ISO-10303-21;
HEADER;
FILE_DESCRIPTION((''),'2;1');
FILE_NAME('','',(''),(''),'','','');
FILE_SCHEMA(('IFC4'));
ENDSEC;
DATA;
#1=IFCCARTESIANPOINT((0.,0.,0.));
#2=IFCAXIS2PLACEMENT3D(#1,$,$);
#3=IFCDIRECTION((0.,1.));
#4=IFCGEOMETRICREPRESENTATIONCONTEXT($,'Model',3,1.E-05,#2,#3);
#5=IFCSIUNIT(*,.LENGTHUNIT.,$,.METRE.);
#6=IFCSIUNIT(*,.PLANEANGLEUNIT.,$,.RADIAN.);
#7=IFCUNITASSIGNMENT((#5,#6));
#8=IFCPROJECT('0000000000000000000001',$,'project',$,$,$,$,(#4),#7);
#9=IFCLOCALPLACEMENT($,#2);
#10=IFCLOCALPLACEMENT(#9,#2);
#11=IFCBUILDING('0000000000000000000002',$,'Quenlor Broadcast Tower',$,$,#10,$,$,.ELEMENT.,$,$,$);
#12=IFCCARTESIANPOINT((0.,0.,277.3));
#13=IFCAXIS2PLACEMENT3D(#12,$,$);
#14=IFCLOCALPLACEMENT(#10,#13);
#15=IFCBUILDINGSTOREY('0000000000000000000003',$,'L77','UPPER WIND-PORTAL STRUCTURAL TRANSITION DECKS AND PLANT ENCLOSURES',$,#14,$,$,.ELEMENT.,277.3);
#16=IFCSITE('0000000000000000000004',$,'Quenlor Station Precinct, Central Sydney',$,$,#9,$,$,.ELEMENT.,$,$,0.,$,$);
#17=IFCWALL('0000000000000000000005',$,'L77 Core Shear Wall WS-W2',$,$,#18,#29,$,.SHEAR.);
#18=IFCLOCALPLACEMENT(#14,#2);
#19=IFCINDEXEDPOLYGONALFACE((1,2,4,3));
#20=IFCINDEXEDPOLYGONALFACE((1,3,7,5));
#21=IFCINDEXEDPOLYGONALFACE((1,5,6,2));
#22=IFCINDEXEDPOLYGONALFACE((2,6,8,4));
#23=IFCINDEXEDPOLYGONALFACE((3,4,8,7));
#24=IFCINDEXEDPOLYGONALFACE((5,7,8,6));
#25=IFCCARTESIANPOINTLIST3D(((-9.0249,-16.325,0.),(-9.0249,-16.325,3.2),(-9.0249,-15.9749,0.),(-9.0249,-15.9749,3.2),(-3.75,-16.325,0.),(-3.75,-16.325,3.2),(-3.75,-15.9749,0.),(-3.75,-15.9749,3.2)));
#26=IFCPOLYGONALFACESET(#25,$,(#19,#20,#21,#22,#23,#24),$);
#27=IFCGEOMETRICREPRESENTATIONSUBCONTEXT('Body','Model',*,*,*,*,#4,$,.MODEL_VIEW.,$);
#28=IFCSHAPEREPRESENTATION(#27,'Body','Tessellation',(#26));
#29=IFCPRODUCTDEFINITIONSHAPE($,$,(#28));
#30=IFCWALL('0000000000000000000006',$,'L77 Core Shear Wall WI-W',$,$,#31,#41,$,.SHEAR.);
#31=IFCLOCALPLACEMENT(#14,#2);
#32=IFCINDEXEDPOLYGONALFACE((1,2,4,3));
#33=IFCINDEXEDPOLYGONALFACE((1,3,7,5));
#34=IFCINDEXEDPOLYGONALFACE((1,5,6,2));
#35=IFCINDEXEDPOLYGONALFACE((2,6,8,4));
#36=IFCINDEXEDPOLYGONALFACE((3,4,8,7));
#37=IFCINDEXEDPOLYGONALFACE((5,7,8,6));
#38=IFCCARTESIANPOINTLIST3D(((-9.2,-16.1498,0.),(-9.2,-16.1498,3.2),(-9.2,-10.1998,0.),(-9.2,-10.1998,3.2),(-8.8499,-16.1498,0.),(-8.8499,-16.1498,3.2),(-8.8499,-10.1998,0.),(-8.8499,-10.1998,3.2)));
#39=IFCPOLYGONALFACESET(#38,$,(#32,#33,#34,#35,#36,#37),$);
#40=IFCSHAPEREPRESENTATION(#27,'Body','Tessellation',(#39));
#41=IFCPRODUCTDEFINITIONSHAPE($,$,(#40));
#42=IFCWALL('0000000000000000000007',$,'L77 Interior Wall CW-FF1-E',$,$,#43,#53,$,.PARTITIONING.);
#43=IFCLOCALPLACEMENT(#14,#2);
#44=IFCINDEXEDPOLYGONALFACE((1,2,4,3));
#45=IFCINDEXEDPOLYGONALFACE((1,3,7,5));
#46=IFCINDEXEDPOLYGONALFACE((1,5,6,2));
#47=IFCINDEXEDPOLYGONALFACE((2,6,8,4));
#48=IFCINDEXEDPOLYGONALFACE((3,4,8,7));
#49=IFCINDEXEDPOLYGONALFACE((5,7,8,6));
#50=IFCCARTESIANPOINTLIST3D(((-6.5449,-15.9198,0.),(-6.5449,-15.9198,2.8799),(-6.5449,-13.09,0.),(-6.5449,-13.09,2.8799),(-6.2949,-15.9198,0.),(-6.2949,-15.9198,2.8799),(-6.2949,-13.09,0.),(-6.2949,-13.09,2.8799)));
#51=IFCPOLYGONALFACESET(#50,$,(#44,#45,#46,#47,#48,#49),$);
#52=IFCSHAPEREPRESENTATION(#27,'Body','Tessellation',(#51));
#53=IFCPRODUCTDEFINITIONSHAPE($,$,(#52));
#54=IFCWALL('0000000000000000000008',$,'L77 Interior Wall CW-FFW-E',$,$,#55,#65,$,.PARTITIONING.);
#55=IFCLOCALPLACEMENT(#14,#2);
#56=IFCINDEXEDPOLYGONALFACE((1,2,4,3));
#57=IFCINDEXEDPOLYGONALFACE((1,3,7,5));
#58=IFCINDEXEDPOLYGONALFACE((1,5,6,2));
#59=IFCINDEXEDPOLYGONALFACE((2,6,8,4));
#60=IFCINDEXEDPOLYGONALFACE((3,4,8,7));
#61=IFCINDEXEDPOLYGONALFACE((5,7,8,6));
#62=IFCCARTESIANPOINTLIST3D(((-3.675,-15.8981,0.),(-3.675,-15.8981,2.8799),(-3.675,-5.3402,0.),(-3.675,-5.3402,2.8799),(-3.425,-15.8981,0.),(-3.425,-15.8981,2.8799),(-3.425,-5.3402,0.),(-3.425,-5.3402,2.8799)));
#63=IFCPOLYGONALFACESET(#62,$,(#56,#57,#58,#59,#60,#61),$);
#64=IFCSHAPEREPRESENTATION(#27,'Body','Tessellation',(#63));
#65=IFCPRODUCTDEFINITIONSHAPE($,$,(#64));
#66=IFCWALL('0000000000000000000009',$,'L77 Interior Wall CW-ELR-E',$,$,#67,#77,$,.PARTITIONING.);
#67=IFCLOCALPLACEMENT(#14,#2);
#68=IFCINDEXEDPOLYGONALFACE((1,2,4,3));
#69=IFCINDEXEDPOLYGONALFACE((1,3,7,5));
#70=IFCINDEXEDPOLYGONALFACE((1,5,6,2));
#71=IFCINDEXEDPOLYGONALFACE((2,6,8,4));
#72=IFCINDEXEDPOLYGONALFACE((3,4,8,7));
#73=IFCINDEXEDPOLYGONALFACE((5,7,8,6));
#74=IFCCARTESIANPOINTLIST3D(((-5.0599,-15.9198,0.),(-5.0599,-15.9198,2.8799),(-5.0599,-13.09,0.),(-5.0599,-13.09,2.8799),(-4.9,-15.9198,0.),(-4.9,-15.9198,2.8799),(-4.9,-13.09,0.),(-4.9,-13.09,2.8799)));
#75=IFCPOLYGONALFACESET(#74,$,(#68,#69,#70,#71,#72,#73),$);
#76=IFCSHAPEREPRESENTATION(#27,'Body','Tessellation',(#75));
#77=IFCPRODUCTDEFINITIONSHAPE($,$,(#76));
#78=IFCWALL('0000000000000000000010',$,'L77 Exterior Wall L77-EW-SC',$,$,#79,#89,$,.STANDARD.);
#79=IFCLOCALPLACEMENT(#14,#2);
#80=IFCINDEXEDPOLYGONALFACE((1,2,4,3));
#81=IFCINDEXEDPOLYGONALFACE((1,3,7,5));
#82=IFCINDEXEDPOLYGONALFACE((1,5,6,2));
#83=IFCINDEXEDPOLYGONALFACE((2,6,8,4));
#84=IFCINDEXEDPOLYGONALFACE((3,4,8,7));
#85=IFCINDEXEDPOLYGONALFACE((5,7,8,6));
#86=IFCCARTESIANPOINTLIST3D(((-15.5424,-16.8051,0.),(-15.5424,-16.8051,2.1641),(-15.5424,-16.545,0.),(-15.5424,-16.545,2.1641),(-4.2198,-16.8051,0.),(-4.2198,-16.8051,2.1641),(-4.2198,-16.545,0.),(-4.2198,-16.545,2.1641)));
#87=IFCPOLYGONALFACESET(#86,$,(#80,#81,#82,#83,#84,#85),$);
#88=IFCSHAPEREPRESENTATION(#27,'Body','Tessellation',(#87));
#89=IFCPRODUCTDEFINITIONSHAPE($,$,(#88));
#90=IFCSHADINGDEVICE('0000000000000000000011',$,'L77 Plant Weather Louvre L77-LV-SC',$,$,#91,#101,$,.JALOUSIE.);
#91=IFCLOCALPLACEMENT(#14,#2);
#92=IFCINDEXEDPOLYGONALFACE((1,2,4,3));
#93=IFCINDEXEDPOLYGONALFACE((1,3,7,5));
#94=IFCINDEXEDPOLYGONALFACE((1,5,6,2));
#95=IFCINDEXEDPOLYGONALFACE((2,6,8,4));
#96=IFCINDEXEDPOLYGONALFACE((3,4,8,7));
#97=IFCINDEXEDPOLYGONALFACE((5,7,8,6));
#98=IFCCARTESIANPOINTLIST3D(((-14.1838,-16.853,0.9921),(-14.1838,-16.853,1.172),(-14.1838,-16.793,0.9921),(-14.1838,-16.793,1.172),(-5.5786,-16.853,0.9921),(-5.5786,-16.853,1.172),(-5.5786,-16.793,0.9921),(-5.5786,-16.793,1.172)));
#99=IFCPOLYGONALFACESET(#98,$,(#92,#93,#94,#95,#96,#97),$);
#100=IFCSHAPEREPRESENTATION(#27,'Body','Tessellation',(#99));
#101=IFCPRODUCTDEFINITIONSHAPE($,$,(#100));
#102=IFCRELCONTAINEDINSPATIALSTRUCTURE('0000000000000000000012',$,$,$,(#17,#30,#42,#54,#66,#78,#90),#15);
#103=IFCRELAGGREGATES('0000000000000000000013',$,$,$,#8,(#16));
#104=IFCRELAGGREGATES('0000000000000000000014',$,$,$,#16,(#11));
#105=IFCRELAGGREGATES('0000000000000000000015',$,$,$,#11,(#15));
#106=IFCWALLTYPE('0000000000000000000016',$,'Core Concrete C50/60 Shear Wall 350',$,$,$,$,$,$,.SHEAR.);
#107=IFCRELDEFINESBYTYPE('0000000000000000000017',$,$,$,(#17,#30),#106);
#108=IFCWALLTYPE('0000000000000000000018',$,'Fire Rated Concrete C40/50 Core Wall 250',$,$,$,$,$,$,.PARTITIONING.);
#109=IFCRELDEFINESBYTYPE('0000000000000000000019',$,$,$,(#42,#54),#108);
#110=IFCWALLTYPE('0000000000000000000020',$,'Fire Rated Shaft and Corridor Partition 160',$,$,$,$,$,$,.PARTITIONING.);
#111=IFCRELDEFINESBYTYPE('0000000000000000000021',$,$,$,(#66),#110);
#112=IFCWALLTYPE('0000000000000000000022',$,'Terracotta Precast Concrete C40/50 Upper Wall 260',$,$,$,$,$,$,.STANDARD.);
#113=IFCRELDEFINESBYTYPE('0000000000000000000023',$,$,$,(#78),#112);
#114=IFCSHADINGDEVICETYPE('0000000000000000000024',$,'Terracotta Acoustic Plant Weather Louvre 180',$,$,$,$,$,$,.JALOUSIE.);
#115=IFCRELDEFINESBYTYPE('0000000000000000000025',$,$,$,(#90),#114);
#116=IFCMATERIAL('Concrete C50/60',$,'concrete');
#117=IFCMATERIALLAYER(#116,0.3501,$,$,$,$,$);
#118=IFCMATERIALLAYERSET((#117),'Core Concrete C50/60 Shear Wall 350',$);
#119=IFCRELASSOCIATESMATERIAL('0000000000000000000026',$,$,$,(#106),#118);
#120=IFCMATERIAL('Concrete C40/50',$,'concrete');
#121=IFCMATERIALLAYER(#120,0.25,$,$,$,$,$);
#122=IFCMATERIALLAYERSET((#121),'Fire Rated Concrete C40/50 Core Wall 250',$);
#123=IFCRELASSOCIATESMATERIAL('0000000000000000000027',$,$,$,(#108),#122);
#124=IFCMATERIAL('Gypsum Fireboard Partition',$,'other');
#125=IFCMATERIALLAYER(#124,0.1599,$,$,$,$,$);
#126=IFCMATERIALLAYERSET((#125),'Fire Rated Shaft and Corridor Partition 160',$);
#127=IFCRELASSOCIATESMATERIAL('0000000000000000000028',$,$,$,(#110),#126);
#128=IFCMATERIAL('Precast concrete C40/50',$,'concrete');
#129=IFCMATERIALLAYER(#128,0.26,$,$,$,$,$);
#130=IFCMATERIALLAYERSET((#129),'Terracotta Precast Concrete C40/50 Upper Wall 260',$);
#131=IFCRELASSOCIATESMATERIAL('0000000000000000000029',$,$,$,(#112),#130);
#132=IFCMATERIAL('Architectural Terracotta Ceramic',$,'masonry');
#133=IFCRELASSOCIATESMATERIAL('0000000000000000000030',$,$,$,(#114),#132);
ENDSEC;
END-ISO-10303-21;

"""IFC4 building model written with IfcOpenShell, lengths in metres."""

from ifc_helpers import new_model, si_unit, direction, frame, frame_2d, origin, origin_2d, place, context, subcontext, project, spatial, rectangle, extrude, material, layer, layer_set, material_profile, profile_set, type_object, element, save


model = new_model("IFC4")

# Units and contexts
model_context = context("Model", 3, precision=1e-05, world=origin(), true_north=direction((0.0, 1.0)))
body_context = subcontext(model_context, "Body", "Model", "MODEL_VIEW")
ifc_project = project(units=[si_unit("LENGTHUNIT", "METRE"), si_unit("PLANEANGLEUNIT", "RADIAN")], contexts=[model_context])

# Site, building, storey
site_placement = place(None, origin())
site = spatial("IfcSite", under=ifc_project, at=site_placement, Name="Quenlor Station Precinct, Central Sydney", CompositionType="ELEMENT", RefElevation=0.0)
building_placement = place(site_placement, origin())
building = spatial("IfcBuilding", under=site, at=building_placement, Name="Quenlor Broadcast Tower", CompositionType="ELEMENT")
storey_placement = place(building_placement, frame((0.0, 0.0, 277.3)))
storey = spatial("IfcBuildingStorey", under=building, at=storey_placement, Name="L77", Description="UPPER WIND-PORTAL STRUCTURAL TRANSITION DECKS AND PLANT ENCLOSURES", CompositionType="ELEMENT", Elevation=277.3)

# Walls
ifc_material_1 = material(Name="Concrete C50/60", Category="concrete")
ifc_layer_1 = layer(ifc_material_1, 0.3501)
ifc_layer_set_1 = layer_set([ifc_layer_1], Name="Core Concrete C50/60 Shear Wall 350")
wall_type_1 = type_object("IfcWallType", Name="Core Concrete C50/60 Shear Wall 350", PredefinedType="SHEAR", material=ifc_layer_set_1)
wall_1_placement = place(storey_placement, frame((-9.0249, -16.1499, 0.0), z_axis=(0.0, 0.0, 1.0), x_axis=(1.0, 0.0, 0.0)))
element("IfcWall", 1, at=wall_1_placement, inside=storey, type_object=wall_type_1, Name="L77 Core Shear Wall WS-W2", PredefinedType="SHEAR", context=body_context, shape_type="SweptSolid", body=[
    extrude(rectangle(XDim=5.2749, YDim=0.3501, at=frame_2d((2.6375, 0.0))), origin(), (0.0, 0.0, 1.0), 3.2),
])
wall_2_placement = place(storey_placement, frame((-9.0249, -16.1499, 0.0), z_axis=(0.0, 0.0, 1.0), x_axis=(0.0, 1.0, 0.0)))
element("IfcWall", 2, at=wall_2_placement, inside=storey, type_object=wall_type_1, Name="L77 Core Shear Wall WI-W", PredefinedType="SHEAR", context=body_context, shape_type="SweptSolid", body=[
    extrude(rectangle(XDim=5.95, YDim=0.3501, at=frame_2d((2.9751, 0.0))), origin(), (0.0, 0.0, 1.0), 3.2),
])
ifc_material_2 = material(Name="Concrete C40/50", Category="concrete")
ifc_layer_2 = layer(ifc_material_2, 0.25)
ifc_layer_set_2 = layer_set([ifc_layer_2], Name="Fire Rated Concrete C40/50 Core Wall 250")
wall_type_2 = type_object("IfcWallType", Name="Fire Rated Concrete C40/50 Core Wall 250", PredefinedType="PARTITIONING", material=ifc_layer_set_2)
wall_3_placement = place(storey_placement, frame((-6.4199, -15.9199, 0.0), z_axis=(0.0, 0.0, 1.0), x_axis=(0.0, 1.0, 0.0)))
element("IfcWall", 3, at=wall_3_placement, inside=storey, type_object=wall_type_2, Name="L77 Interior Wall CW-FF1-E", PredefinedType="PARTITIONING", context=body_context, shape_type="SweptSolid", body=[
    extrude(rectangle(XDim=2.8298, YDim=0.25, at=frame_2d((1.415, 0.0))), origin(), (0.0, 0.0, 1.0), 2.8799),
])
wall_4_placement = place(storey_placement, frame((-3.55, -15.8979, 0.0), z_axis=(0.0, 0.0, 1.0), x_axis=(0.0, 1.0, 0.0)))
element("IfcWall", 4, at=wall_4_placement, inside=storey, type_object=wall_type_2, Name="L77 Interior Wall CW-FFW-E", PredefinedType="PARTITIONING", context=body_context, shape_type="SweptSolid", body=[
    extrude(rectangle(XDim=10.5579, YDim=0.25, at=frame_2d((5.2788, 0.0))), origin(), (0.0, 0.0, 1.0), 2.8799),
])
ifc_material_3 = material(Name="Gypsum Fireboard Partition", Category="other")
ifc_layer_3 = layer(ifc_material_3, 0.1599)
ifc_layer_set_3 = layer_set([ifc_layer_3], Name="Fire Rated Shaft and Corridor Partition 160")
wall_type_3 = type_object("IfcWallType", Name="Fire Rated Shaft and Corridor Partition 160", PredefinedType="PARTITIONING", material=ifc_layer_set_3)
wall_5_placement = place(storey_placement, frame((-4.98, -15.9199, 0.0), z_axis=(0.0, 0.0, 1.0), x_axis=(0.0, 1.0, 0.0)))
element("IfcWall", 5, at=wall_5_placement, inside=storey, type_object=wall_type_3, Name="L77 Interior Wall CW-ELR-E", PredefinedType="PARTITIONING", context=body_context, shape_type="SweptSolid", body=[
    extrude(rectangle(XDim=2.8298, YDim=0.1599, at=frame_2d((1.415, 0.0))), origin(), (0.0, 0.0, 1.0), 2.8799),
])
ifc_material_4 = material(Name="Precast concrete C40/50", Category="concrete")
ifc_layer_4 = layer(ifc_material_4, 0.26)
ifc_layer_set_4 = layer_set([ifc_layer_4], Name="Terracotta Precast Concrete C40/50 Upper Wall 260")
wall_type_4 = type_object("IfcWallType", Name="Terracotta Precast Concrete C40/50 Upper Wall 260", PredefinedType="STANDARD", material=ifc_layer_set_4)
wall_6_placement = place(storey_placement, frame((-4.22, -16.675, 0.0), z_axis=(0.0, 0.0, 1.0), x_axis=(-1.0, 0.0, 0.0)))
element("IfcWall", 6, at=wall_6_placement, inside=storey, type_object=wall_type_4, Name="L77 Exterior Wall L77-EW-SC", PredefinedType="STANDARD", context=body_context, shape_type="SweptSolid", body=[
    extrude(rectangle(XDim=11.3225, YDim=0.26, at=frame_2d((5.6611, 0.0))), origin(), (0.0, 0.0, 1.0), 2.1641),
])

# Shading device
ifc_material_5 = material(Name="Architectural Terracotta Ceramic", Category="masonry")
ifc_material_profile_1 = material_profile(ifc_material_5, rectangle(XDim=0.0601, YDim=0.1799, at=origin_2d()))
ifc_profile_set_1 = profile_set([ifc_material_profile_1], Name="Architectural Terracotta Ceramic LVR60x180")
shading_device_type = type_object("IfcShadingDeviceType", Name="Terracotta Acoustic Plant Weather Louvre 180", PredefinedType="JALOUSIE", material=ifc_profile_set_1)
shading_device_placement = place(storey_placement, frame((-5.5786, -16.823, 1.082), z_axis=(-1.0, 0.0, 0.0), x_axis=(0.0, -1.0, 0.0)))
element("IfcShadingDevice", 7, at=shading_device_placement, inside=storey, type_object=shading_device_type, Name="L77 Plant Weather Louvre L77-LV-SC", PredefinedType="JALOUSIE", context=body_context, shape_type="SweptSolid", body=[
    extrude(rectangle(XDim=0.0601, YDim=0.1799, at=origin_2d()), origin(), (0.0, 0.0, 1.0), 8.6052),
])

save(model, "model.ifc")
